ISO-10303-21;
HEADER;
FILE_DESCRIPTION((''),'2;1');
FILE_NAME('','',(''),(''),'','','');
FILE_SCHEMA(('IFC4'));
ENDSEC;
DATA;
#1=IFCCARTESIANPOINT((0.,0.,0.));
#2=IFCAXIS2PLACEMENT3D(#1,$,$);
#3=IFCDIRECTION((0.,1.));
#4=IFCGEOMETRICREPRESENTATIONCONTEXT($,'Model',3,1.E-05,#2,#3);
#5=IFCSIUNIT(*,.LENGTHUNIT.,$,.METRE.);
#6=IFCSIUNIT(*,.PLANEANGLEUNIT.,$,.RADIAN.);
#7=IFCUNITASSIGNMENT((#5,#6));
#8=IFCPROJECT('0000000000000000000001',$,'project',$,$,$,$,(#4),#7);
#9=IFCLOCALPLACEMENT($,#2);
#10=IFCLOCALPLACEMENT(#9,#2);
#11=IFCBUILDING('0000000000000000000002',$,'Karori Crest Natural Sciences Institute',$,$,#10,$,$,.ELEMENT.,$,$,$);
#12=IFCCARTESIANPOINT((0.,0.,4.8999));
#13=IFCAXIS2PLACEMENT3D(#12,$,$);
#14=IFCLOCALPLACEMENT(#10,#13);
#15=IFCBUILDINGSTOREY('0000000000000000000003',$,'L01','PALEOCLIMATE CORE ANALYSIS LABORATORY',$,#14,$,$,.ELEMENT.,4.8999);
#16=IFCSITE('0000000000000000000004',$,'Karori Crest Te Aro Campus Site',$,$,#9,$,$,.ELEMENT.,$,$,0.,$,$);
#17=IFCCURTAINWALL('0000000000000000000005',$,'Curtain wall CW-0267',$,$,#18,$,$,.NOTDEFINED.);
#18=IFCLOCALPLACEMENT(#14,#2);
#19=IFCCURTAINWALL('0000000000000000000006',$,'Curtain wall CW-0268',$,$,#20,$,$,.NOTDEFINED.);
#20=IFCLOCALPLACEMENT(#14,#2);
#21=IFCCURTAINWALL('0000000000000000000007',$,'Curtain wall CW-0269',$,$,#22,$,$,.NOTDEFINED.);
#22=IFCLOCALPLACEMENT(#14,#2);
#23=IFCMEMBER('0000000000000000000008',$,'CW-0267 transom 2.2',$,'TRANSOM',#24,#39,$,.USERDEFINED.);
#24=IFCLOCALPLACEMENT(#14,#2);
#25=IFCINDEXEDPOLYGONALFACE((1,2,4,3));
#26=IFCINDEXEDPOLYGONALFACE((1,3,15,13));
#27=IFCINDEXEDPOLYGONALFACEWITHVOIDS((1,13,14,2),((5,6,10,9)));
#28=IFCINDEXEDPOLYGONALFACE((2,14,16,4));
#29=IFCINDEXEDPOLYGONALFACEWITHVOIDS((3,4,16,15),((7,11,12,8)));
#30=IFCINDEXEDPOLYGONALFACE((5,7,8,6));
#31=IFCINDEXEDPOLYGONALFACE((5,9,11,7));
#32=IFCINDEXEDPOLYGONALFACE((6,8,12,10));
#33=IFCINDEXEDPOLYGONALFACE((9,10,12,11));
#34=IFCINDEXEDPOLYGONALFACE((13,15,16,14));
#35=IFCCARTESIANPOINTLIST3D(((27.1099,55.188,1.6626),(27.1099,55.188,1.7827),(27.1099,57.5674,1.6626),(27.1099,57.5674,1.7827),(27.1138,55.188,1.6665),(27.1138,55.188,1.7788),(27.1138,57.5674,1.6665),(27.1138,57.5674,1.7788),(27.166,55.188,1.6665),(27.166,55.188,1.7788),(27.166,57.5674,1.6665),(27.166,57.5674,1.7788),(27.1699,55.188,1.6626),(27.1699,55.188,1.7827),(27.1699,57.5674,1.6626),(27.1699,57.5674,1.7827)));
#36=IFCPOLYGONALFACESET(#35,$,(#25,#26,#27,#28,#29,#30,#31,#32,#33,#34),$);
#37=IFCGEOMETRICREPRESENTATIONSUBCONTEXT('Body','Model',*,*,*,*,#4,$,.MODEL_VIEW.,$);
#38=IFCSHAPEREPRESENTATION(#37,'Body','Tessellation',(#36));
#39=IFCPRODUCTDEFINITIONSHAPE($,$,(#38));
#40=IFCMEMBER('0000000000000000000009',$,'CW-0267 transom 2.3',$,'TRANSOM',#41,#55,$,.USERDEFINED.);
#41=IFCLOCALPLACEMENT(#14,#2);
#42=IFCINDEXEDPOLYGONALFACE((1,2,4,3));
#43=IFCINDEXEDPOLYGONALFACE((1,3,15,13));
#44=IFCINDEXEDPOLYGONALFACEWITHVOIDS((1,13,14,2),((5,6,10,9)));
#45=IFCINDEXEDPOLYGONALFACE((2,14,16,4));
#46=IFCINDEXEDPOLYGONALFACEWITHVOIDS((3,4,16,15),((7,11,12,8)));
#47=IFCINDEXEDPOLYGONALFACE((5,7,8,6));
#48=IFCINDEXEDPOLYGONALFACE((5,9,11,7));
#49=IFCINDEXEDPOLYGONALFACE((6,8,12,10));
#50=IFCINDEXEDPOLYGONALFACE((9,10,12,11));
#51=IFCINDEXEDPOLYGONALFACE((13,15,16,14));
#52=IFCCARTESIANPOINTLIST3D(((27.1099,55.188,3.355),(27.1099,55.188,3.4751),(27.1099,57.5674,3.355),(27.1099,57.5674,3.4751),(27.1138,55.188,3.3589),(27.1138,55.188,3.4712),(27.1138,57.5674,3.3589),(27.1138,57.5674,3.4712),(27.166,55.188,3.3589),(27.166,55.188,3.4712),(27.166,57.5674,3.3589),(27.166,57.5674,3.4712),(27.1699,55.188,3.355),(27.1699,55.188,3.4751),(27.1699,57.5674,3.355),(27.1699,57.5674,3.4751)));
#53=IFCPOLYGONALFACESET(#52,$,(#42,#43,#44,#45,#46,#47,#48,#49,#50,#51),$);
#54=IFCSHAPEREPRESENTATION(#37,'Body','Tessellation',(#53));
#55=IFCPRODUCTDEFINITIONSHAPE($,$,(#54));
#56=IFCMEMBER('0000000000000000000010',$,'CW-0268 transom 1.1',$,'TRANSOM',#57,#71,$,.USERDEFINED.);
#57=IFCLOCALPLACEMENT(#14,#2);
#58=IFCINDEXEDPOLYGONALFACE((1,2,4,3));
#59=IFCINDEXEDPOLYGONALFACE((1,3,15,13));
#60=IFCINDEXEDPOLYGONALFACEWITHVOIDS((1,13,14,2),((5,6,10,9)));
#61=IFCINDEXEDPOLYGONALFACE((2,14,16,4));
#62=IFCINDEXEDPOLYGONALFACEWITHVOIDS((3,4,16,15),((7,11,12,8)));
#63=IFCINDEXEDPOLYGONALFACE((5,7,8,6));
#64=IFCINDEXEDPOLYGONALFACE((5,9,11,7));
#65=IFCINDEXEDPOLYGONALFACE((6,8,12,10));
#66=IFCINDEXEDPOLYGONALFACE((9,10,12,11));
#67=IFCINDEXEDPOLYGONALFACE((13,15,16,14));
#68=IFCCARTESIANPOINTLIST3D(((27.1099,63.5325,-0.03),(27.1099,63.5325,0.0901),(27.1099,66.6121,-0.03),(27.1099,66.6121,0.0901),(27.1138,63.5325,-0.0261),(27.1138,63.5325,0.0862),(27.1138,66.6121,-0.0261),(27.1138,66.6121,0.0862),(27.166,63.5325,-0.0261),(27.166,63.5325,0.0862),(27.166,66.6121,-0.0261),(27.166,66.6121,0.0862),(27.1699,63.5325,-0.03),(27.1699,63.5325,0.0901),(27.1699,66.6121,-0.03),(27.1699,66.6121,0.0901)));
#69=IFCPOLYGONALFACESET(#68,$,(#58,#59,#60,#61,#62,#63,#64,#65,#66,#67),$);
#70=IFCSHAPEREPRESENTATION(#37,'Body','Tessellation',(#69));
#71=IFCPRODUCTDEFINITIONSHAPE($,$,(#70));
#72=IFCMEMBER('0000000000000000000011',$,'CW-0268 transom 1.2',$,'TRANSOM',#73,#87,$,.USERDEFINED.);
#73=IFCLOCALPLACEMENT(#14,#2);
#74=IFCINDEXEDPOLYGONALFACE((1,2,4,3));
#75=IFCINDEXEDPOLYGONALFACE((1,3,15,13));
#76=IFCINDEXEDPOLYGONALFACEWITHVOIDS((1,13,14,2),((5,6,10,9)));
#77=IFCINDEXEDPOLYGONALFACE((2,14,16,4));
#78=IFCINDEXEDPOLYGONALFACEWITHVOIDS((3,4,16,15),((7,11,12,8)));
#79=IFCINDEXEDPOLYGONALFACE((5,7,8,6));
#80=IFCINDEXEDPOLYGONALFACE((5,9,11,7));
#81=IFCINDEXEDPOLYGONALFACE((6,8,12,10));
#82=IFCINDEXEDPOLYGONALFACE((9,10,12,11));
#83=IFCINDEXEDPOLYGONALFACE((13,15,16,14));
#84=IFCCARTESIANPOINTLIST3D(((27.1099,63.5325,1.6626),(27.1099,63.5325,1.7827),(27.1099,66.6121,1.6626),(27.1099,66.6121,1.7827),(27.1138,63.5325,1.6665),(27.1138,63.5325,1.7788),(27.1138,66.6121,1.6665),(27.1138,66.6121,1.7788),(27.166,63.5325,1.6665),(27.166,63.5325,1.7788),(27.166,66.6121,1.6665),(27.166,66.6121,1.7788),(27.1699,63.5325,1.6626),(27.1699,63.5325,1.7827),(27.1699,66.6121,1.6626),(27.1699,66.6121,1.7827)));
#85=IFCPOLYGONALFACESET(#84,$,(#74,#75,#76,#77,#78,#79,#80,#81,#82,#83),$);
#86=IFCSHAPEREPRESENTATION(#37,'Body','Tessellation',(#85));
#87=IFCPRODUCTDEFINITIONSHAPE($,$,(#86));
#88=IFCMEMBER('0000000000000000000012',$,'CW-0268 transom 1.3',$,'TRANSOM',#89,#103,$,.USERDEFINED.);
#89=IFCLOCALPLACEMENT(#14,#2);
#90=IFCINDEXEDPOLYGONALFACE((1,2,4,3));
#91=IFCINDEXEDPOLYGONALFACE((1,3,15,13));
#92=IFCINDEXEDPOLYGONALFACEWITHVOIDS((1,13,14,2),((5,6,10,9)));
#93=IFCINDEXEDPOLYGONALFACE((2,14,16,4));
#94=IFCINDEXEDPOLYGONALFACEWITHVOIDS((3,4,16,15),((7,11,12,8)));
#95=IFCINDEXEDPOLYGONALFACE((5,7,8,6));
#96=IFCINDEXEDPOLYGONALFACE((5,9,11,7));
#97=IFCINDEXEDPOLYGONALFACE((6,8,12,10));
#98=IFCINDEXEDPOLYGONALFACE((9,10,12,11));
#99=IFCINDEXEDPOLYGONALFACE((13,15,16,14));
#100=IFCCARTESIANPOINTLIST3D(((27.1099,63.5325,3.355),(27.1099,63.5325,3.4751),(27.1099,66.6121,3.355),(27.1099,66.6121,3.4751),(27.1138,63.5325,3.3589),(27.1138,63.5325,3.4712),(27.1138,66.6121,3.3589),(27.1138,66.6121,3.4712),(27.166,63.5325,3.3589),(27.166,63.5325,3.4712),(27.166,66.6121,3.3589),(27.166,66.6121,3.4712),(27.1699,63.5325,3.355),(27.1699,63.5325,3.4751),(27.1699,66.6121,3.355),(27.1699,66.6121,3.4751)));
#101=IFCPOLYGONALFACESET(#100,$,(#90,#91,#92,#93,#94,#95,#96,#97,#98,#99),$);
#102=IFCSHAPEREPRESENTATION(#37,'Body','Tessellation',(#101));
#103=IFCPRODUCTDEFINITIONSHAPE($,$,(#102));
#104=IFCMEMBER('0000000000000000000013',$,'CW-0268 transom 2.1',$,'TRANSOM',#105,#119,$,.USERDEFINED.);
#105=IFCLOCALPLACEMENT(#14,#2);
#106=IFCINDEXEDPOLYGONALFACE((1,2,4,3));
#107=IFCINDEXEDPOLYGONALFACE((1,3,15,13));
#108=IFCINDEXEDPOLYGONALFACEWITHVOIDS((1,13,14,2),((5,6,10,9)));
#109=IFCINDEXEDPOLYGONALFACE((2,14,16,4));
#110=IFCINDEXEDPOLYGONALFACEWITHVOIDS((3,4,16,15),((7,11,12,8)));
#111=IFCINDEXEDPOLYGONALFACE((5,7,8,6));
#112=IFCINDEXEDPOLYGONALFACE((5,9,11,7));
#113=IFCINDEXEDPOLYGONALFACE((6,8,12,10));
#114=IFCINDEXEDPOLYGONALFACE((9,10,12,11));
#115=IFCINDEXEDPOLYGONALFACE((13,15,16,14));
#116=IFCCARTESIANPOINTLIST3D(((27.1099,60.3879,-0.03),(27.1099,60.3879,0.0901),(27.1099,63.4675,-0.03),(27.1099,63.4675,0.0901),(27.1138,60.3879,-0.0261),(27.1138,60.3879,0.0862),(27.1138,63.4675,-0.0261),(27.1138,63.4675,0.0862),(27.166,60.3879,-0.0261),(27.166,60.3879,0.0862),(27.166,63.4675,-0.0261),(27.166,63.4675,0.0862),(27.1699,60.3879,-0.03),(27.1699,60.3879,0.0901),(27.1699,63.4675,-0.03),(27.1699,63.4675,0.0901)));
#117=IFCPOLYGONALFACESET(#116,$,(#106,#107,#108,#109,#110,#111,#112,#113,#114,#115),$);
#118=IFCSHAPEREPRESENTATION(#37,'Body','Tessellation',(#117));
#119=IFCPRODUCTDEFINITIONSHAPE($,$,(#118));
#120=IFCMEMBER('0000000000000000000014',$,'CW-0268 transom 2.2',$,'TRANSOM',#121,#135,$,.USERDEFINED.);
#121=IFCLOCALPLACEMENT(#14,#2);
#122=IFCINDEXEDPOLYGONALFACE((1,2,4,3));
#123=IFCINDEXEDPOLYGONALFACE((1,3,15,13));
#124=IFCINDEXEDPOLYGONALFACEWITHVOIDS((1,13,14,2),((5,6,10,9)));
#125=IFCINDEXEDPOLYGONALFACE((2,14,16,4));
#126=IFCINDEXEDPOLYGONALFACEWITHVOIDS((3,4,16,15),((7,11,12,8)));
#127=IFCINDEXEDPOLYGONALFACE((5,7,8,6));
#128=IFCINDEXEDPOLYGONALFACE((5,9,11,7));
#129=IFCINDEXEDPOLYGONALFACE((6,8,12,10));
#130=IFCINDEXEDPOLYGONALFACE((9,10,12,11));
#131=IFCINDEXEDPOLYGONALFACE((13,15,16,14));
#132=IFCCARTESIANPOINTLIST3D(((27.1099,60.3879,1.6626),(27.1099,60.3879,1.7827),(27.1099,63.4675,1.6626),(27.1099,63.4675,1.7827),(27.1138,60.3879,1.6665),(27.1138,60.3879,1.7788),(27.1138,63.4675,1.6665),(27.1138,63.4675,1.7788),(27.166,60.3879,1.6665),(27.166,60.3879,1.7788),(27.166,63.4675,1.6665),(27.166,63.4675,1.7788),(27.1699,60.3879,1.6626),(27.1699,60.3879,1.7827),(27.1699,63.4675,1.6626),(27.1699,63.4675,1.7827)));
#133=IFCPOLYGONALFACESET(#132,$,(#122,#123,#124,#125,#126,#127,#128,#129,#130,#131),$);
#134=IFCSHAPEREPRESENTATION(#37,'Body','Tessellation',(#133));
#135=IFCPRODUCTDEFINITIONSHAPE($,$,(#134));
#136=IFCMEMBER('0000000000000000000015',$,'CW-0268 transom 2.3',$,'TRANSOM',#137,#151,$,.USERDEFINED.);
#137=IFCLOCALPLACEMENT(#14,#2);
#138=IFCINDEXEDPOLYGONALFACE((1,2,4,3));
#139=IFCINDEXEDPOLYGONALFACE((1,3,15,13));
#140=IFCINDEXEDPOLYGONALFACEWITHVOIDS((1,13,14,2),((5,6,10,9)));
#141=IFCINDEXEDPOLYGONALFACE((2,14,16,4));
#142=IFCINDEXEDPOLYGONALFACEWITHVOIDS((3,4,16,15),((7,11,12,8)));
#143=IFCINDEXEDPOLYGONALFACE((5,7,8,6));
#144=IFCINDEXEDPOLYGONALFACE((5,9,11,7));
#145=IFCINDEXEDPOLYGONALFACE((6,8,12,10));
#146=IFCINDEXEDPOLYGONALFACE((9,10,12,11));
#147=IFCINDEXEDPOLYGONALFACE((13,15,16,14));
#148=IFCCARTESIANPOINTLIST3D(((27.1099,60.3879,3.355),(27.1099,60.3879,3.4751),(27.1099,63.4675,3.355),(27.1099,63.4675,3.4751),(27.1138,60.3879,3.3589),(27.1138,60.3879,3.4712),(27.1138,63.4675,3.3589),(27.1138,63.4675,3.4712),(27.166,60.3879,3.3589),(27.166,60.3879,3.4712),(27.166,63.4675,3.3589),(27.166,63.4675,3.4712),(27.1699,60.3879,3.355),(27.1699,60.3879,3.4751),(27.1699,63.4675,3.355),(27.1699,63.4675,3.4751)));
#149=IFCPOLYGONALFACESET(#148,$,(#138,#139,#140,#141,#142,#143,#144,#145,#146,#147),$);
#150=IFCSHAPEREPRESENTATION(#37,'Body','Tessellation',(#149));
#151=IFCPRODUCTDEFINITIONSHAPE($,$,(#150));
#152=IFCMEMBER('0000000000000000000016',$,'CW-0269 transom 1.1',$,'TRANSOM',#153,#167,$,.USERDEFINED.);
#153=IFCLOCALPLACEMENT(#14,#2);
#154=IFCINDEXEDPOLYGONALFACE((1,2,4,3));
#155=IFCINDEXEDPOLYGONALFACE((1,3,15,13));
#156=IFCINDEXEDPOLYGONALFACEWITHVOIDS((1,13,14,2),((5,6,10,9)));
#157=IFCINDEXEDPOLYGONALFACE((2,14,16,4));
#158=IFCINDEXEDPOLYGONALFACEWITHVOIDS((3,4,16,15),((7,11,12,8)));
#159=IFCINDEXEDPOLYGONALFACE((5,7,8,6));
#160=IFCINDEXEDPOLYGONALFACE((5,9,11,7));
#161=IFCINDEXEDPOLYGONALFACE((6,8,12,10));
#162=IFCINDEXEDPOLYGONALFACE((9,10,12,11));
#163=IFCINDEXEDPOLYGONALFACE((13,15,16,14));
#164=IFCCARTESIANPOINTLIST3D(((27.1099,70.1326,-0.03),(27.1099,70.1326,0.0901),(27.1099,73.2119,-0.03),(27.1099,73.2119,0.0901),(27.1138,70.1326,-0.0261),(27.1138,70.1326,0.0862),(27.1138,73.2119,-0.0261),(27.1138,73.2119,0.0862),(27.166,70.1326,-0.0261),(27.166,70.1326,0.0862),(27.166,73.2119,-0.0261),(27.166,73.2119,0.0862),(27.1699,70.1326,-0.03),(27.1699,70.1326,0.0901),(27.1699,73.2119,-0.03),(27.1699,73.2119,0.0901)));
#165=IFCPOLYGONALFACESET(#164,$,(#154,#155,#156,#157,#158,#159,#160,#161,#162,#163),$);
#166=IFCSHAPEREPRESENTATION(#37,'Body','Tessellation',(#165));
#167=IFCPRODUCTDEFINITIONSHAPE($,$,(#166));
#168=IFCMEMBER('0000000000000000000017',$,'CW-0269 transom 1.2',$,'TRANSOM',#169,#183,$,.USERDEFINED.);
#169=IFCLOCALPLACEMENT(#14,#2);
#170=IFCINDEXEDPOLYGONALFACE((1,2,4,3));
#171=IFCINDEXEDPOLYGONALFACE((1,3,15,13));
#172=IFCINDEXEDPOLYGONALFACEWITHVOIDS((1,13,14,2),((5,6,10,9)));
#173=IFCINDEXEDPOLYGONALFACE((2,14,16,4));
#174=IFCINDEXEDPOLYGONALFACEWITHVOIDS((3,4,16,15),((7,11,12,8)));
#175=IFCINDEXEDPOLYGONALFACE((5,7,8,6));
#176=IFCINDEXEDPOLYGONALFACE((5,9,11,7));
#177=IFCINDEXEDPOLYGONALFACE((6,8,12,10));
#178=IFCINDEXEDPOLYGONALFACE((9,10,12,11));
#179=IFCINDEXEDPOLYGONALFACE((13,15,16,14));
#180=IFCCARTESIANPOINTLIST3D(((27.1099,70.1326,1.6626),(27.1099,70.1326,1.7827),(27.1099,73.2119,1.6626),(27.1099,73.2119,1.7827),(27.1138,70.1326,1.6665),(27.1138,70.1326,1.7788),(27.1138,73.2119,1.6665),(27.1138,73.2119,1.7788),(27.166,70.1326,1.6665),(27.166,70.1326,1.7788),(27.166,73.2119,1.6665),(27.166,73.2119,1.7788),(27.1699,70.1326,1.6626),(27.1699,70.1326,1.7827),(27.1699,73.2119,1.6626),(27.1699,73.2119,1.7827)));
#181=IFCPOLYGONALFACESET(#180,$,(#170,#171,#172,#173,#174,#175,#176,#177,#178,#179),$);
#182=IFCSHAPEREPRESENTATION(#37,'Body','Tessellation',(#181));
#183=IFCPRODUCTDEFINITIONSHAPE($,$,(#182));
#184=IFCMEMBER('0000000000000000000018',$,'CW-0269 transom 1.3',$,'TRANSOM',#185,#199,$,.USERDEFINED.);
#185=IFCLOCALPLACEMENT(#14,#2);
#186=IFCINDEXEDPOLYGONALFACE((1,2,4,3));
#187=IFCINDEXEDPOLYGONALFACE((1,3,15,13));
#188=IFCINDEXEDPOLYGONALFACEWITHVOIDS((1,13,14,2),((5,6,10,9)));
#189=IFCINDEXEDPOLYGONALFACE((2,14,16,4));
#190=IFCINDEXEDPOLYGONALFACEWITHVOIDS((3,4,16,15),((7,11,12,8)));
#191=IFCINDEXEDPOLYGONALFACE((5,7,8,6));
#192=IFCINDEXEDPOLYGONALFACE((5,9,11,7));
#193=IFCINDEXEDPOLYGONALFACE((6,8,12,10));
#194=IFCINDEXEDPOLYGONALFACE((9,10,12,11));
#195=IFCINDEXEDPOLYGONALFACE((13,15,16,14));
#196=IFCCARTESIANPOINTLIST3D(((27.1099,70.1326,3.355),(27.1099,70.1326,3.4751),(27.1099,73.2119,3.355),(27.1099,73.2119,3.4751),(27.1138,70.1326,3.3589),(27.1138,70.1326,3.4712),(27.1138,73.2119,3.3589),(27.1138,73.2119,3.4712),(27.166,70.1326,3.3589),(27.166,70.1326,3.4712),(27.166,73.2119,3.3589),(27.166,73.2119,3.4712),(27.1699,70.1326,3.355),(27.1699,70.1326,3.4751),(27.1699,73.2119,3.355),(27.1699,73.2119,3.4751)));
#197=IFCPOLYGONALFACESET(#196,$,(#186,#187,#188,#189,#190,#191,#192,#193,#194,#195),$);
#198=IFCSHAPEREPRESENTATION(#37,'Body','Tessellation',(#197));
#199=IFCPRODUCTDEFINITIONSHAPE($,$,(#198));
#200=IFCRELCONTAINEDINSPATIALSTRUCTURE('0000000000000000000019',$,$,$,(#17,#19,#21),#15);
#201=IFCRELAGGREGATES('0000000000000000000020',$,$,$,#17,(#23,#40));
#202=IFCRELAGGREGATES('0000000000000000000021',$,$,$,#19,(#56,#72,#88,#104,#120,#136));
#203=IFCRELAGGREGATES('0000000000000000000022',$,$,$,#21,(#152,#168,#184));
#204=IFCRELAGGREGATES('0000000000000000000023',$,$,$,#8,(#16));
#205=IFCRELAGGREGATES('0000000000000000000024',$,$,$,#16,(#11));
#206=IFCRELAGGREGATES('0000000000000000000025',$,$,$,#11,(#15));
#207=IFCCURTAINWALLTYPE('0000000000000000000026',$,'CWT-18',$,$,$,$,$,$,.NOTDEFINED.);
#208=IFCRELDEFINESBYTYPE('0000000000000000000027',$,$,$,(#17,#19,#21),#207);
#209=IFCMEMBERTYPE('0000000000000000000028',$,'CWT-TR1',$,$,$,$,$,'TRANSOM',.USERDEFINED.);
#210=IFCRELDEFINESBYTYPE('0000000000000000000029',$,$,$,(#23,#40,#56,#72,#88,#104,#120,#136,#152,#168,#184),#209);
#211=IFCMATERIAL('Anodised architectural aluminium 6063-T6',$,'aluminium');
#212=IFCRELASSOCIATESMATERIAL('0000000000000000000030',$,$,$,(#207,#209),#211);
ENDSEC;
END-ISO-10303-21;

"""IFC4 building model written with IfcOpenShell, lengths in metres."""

from ifc_helpers import new_model, si_unit, direction, frame, origin, origin_2d, place, context, subcontext, project, spatial, hollow_rectangle, extrude, material, material_profile, profile_set, type_object, element, aggregate, save


model = new_model("IFC4")

# Units and contexts
model_context = context("Model", 3, precision=1e-05, world=origin(), true_north=direction((0.0, 1.0)))
body_context = subcontext(model_context, "Body", "Model", "MODEL_VIEW")
ifc_project = project(units=[si_unit("LENGTHUNIT", "METRE"), si_unit("PLANEANGLEUNIT", "RADIAN")], contexts=[model_context])

# Site, building, storey
site_placement = place(None, origin())
site = spatial("IfcSite", under=ifc_project, at=site_placement, Name="Karori Crest Te Aro Campus Site", CompositionType="ELEMENT", RefElevation=0.0)
building_placement = place(site_placement, origin())
building = spatial("IfcBuilding", under=site, at=building_placement, Name="Karori Crest Natural Sciences Institute", CompositionType="ELEMENT")
storey_placement = place(building_placement, frame((0.0, 0.0, 4.8999)))
storey = spatial("IfcBuildingStorey", under=building, at=storey_placement, Name="L01", Description="PALEOCLIMATE CORE ANALYSIS LABORATORY", CompositionType="ELEMENT", Elevation=4.8999)

# Curtain walls
ifc_material_1 = material(Name="Anodised architectural aluminium 6063-T6", Category="aluminium")
curtain_wall_type = type_object("IfcCurtainWallType", Name="CWT-18", PredefinedType="NOTDEFINED", material=ifc_material_1)
curtain_wall_1_placement = place(storey_placement, origin())
curtain_wall_1 = element("IfcCurtainWall", 1, at=curtain_wall_1_placement, inside=storey, type_object=curtain_wall_type, Name="Curtain wall CW-0267", PredefinedType="NOTDEFINED")
curtain_wall_2_placement = place(storey_placement, origin())
curtain_wall_2 = element("IfcCurtainWall", 2, at=curtain_wall_2_placement, inside=storey, type_object=curtain_wall_type, Name="Curtain wall CW-0268", PredefinedType="NOTDEFINED")
curtain_wall_3_placement = place(storey_placement, origin())
curtain_wall_3 = element("IfcCurtainWall", 3, at=curtain_wall_3_placement, inside=storey, type_object=curtain_wall_type, Name="Curtain wall CW-0269", PredefinedType="NOTDEFINED")

# Members
ifc_material_profile_1 = material_profile(ifc_material_1, hollow_rectangle(XDim=0.0601, YDim=0.1201, WallThickness=0.0039, at=origin_2d()), Name="CWT120x60x4")
ifc_profile_set_1 = profile_set([ifc_material_profile_1], Name="Anodised architectural aluminium 6063-T6")
member_type_1 = type_object("IfcMemberType", Name="CWT-TR1", ElementType="TRANSOM", PredefinedType="USERDEFINED", material=ifc_profile_set_1)
member_1_placement = place(storey_placement, frame((27.1399, 57.5674, 1.7227), z_axis=(0.0, -1.0, 0.0), x_axis=(1.0, 0.0, 0.0)))
member_1 = element("IfcMember", 4, at=member_1_placement, type_object=member_type_1, Name="CW-0267 transom 2.2", ObjectType="TRANSOM", PredefinedType="USERDEFINED", context=body_context, shape_type="SweptSolid", body=[
    extrude(hollow_rectangle(XDim=0.0601, YDim=0.1201, WallThickness=0.0039, at=origin_2d()), origin(), (0.0, 0.0, 1.0), 2.3794),
])
member_2_placement = place(storey_placement, frame((27.1399, 57.5674, 3.415), z_axis=(0.0, -1.0, 0.0), x_axis=(1.0, 0.0, 0.0)))
member_2 = element("IfcMember", 5, at=member_2_placement, type_object=member_type_1, Name="CW-0267 transom 2.3", ObjectType="TRANSOM", PredefinedType="USERDEFINED", context=body_context, shape_type="SweptSolid", body=[
    extrude(hollow_rectangle(XDim=0.0601, YDim=0.1201, WallThickness=0.0039, at=origin_2d()), origin(), (0.0, 0.0, 1.0), 2.3794),
])
member_3_placement = place(storey_placement, frame((27.1399, 66.6121, 0.03), z_axis=(0.0, -1.0, 0.0), x_axis=(1.0, 0.0, 0.0)))
member_3 = element("IfcMember", 6, at=member_3_placement, type_object=member_type_1, Name="CW-0268 transom 1.1", ObjectType="TRANSOM", PredefinedType="USERDEFINED", context=body_context, shape_type="SweptSolid", body=[
    extrude(hollow_rectangle(XDim=0.0601, YDim=0.1201, WallThickness=0.0039, at=origin_2d()), origin(), (0.0, 0.0, 1.0), 3.0796),
])
member_4_placement = place(storey_placement, frame((27.1399, 66.6121, 1.7227), z_axis=(0.0, -1.0, 0.0), x_axis=(1.0, 0.0, 0.0)))
member_4 = element("IfcMember", 7, at=member_4_placement, type_object=member_type_1, Name="CW-0268 transom 1.2", ObjectType="TRANSOM", PredefinedType="USERDEFINED", context=body_context, shape_type="SweptSolid", body=[
    extrude(hollow_rectangle(XDim=0.0601, YDim=0.1201, WallThickness=0.0039, at=origin_2d()), origin(), (0.0, 0.0, 1.0), 3.0796),
])
member_5_placement = place(storey_placement, frame((27.1399, 66.6121, 3.415), z_axis=(0.0, -1.0, 0.0), x_axis=(1.0, 0.0, 0.0)))
member_5 = element("IfcMember", 8, at=member_5_placement, type_object=member_type_1, Name="CW-0268 transom 1.3", ObjectType="TRANSOM", PredefinedType="USERDEFINED", context=body_context, shape_type="SweptSolid", body=[
    extrude(hollow_rectangle(XDim=0.0601, YDim=0.1201, WallThickness=0.0039, at=origin_2d()), origin(), (0.0, 0.0, 1.0), 3.0796),
])
member_6_placement = place(storey_placement, frame((27.1399, 63.4675, 0.03), z_axis=(0.0, -1.0, 0.0), x_axis=(1.0, 0.0, 0.0)))
member_6 = element("IfcMember", 9, at=member_6_placement, type_object=member_type_1, Name="CW-0268 transom 2.1", ObjectType="TRANSOM", PredefinedType="USERDEFINED", context=body_context, shape_type="SweptSolid", body=[
    extrude(hollow_rectangle(XDim=0.0601, YDim=0.1201, WallThickness=0.0039, at=origin_2d()), origin(), (0.0, 0.0, 1.0), 3.0796),
])
member_7_placement = place(storey_placement, frame((27.1399, 63.4675, 1.7227), z_axis=(0.0, -1.0, 0.0), x_axis=(1.0, 0.0, 0.0)))
member_7 = element("IfcMember", 10, at=member_7_placement, type_object=member_type_1, Name="CW-0268 transom 2.2", ObjectType="TRANSOM", PredefinedType="USERDEFINED", context=body_context, shape_type="SweptSolid", body=[
    extrude(hollow_rectangle(XDim=0.0601, YDim=0.1201, WallThickness=0.0039, at=origin_2d()), origin(), (0.0, 0.0, 1.0), 3.0796),
])
member_8_placement = place(storey_placement, frame((27.1399, 63.4675, 3.415), z_axis=(0.0, -1.0, 0.0), x_axis=(1.0, 0.0, 0.0)))
member_8 = element("IfcMember", 11, at=member_8_placement, type_object=member_type_1, Name="CW-0268 transom 2.3", ObjectType="TRANSOM", PredefinedType="USERDEFINED", context=body_context, shape_type="SweptSolid", body=[
    extrude(hollow_rectangle(XDim=0.0601, YDim=0.1201, WallThickness=0.0039, at=origin_2d()), origin(), (0.0, 0.0, 1.0), 3.0796),
])
member_9_placement = place(storey_placement, frame((27.1399, 73.2119, 0.03), z_axis=(0.0, -1.0, 0.0), x_axis=(1.0, 0.0, 0.0)))
member_9 = element("IfcMember", 12, at=member_9_placement, type_object=member_type_1, Name="CW-0269 transom 1.1", ObjectType="TRANSOM", PredefinedType="USERDEFINED", context=body_context, shape_type="SweptSolid", body=[
    extrude(hollow_rectangle(XDim=0.0601, YDim=0.1201, WallThickness=0.0039, at=origin_2d()), origin(), (0.0, 0.0, 1.0), 3.0793),
])
member_10_placement = place(storey_placement, frame((27.1399, 73.2119, 1.7227), z_axis=(0.0, -1.0, 0.0), x_axis=(1.0, 0.0, 0.0)))
member_10 = element("IfcMember", 13, at=member_10_placement, type_object=member_type_1, Name="CW-0269 transom 1.2", ObjectType="TRANSOM", PredefinedType="USERDEFINED", context=body_context, shape_type="SweptSolid", body=[
    extrude(hollow_rectangle(XDim=0.0601, YDim=0.1201, WallThickness=0.0039, at=origin_2d()), origin(), (0.0, 0.0, 1.0), 3.0793),
])
member_11_placement = place(storey_placement, frame((27.1399, 73.2119, 3.415), z_axis=(0.0, -1.0, 0.0), x_axis=(1.0, 0.0, 0.0)))
member_11 = element("IfcMember", 14, at=member_11_placement, type_object=member_type_1, Name="CW-0269 transom 1.3", ObjectType="TRANSOM", PredefinedType="USERDEFINED", context=body_context, shape_type="SweptSolid", body=[
    extrude(hollow_rectangle(XDim=0.0601, YDim=0.1201, WallThickness=0.0039, at=origin_2d()), origin(), (0.0, 0.0, 1.0), 3.0793),
])

aggregate(curtain_wall_1, [member_1, member_2])
aggregate(curtain_wall_2, [member_3, member_4, member_5, member_6, member_7, member_8])
aggregate(curtain_wall_3, [member_9, member_10, member_11])

save(model, "model.ifc")
